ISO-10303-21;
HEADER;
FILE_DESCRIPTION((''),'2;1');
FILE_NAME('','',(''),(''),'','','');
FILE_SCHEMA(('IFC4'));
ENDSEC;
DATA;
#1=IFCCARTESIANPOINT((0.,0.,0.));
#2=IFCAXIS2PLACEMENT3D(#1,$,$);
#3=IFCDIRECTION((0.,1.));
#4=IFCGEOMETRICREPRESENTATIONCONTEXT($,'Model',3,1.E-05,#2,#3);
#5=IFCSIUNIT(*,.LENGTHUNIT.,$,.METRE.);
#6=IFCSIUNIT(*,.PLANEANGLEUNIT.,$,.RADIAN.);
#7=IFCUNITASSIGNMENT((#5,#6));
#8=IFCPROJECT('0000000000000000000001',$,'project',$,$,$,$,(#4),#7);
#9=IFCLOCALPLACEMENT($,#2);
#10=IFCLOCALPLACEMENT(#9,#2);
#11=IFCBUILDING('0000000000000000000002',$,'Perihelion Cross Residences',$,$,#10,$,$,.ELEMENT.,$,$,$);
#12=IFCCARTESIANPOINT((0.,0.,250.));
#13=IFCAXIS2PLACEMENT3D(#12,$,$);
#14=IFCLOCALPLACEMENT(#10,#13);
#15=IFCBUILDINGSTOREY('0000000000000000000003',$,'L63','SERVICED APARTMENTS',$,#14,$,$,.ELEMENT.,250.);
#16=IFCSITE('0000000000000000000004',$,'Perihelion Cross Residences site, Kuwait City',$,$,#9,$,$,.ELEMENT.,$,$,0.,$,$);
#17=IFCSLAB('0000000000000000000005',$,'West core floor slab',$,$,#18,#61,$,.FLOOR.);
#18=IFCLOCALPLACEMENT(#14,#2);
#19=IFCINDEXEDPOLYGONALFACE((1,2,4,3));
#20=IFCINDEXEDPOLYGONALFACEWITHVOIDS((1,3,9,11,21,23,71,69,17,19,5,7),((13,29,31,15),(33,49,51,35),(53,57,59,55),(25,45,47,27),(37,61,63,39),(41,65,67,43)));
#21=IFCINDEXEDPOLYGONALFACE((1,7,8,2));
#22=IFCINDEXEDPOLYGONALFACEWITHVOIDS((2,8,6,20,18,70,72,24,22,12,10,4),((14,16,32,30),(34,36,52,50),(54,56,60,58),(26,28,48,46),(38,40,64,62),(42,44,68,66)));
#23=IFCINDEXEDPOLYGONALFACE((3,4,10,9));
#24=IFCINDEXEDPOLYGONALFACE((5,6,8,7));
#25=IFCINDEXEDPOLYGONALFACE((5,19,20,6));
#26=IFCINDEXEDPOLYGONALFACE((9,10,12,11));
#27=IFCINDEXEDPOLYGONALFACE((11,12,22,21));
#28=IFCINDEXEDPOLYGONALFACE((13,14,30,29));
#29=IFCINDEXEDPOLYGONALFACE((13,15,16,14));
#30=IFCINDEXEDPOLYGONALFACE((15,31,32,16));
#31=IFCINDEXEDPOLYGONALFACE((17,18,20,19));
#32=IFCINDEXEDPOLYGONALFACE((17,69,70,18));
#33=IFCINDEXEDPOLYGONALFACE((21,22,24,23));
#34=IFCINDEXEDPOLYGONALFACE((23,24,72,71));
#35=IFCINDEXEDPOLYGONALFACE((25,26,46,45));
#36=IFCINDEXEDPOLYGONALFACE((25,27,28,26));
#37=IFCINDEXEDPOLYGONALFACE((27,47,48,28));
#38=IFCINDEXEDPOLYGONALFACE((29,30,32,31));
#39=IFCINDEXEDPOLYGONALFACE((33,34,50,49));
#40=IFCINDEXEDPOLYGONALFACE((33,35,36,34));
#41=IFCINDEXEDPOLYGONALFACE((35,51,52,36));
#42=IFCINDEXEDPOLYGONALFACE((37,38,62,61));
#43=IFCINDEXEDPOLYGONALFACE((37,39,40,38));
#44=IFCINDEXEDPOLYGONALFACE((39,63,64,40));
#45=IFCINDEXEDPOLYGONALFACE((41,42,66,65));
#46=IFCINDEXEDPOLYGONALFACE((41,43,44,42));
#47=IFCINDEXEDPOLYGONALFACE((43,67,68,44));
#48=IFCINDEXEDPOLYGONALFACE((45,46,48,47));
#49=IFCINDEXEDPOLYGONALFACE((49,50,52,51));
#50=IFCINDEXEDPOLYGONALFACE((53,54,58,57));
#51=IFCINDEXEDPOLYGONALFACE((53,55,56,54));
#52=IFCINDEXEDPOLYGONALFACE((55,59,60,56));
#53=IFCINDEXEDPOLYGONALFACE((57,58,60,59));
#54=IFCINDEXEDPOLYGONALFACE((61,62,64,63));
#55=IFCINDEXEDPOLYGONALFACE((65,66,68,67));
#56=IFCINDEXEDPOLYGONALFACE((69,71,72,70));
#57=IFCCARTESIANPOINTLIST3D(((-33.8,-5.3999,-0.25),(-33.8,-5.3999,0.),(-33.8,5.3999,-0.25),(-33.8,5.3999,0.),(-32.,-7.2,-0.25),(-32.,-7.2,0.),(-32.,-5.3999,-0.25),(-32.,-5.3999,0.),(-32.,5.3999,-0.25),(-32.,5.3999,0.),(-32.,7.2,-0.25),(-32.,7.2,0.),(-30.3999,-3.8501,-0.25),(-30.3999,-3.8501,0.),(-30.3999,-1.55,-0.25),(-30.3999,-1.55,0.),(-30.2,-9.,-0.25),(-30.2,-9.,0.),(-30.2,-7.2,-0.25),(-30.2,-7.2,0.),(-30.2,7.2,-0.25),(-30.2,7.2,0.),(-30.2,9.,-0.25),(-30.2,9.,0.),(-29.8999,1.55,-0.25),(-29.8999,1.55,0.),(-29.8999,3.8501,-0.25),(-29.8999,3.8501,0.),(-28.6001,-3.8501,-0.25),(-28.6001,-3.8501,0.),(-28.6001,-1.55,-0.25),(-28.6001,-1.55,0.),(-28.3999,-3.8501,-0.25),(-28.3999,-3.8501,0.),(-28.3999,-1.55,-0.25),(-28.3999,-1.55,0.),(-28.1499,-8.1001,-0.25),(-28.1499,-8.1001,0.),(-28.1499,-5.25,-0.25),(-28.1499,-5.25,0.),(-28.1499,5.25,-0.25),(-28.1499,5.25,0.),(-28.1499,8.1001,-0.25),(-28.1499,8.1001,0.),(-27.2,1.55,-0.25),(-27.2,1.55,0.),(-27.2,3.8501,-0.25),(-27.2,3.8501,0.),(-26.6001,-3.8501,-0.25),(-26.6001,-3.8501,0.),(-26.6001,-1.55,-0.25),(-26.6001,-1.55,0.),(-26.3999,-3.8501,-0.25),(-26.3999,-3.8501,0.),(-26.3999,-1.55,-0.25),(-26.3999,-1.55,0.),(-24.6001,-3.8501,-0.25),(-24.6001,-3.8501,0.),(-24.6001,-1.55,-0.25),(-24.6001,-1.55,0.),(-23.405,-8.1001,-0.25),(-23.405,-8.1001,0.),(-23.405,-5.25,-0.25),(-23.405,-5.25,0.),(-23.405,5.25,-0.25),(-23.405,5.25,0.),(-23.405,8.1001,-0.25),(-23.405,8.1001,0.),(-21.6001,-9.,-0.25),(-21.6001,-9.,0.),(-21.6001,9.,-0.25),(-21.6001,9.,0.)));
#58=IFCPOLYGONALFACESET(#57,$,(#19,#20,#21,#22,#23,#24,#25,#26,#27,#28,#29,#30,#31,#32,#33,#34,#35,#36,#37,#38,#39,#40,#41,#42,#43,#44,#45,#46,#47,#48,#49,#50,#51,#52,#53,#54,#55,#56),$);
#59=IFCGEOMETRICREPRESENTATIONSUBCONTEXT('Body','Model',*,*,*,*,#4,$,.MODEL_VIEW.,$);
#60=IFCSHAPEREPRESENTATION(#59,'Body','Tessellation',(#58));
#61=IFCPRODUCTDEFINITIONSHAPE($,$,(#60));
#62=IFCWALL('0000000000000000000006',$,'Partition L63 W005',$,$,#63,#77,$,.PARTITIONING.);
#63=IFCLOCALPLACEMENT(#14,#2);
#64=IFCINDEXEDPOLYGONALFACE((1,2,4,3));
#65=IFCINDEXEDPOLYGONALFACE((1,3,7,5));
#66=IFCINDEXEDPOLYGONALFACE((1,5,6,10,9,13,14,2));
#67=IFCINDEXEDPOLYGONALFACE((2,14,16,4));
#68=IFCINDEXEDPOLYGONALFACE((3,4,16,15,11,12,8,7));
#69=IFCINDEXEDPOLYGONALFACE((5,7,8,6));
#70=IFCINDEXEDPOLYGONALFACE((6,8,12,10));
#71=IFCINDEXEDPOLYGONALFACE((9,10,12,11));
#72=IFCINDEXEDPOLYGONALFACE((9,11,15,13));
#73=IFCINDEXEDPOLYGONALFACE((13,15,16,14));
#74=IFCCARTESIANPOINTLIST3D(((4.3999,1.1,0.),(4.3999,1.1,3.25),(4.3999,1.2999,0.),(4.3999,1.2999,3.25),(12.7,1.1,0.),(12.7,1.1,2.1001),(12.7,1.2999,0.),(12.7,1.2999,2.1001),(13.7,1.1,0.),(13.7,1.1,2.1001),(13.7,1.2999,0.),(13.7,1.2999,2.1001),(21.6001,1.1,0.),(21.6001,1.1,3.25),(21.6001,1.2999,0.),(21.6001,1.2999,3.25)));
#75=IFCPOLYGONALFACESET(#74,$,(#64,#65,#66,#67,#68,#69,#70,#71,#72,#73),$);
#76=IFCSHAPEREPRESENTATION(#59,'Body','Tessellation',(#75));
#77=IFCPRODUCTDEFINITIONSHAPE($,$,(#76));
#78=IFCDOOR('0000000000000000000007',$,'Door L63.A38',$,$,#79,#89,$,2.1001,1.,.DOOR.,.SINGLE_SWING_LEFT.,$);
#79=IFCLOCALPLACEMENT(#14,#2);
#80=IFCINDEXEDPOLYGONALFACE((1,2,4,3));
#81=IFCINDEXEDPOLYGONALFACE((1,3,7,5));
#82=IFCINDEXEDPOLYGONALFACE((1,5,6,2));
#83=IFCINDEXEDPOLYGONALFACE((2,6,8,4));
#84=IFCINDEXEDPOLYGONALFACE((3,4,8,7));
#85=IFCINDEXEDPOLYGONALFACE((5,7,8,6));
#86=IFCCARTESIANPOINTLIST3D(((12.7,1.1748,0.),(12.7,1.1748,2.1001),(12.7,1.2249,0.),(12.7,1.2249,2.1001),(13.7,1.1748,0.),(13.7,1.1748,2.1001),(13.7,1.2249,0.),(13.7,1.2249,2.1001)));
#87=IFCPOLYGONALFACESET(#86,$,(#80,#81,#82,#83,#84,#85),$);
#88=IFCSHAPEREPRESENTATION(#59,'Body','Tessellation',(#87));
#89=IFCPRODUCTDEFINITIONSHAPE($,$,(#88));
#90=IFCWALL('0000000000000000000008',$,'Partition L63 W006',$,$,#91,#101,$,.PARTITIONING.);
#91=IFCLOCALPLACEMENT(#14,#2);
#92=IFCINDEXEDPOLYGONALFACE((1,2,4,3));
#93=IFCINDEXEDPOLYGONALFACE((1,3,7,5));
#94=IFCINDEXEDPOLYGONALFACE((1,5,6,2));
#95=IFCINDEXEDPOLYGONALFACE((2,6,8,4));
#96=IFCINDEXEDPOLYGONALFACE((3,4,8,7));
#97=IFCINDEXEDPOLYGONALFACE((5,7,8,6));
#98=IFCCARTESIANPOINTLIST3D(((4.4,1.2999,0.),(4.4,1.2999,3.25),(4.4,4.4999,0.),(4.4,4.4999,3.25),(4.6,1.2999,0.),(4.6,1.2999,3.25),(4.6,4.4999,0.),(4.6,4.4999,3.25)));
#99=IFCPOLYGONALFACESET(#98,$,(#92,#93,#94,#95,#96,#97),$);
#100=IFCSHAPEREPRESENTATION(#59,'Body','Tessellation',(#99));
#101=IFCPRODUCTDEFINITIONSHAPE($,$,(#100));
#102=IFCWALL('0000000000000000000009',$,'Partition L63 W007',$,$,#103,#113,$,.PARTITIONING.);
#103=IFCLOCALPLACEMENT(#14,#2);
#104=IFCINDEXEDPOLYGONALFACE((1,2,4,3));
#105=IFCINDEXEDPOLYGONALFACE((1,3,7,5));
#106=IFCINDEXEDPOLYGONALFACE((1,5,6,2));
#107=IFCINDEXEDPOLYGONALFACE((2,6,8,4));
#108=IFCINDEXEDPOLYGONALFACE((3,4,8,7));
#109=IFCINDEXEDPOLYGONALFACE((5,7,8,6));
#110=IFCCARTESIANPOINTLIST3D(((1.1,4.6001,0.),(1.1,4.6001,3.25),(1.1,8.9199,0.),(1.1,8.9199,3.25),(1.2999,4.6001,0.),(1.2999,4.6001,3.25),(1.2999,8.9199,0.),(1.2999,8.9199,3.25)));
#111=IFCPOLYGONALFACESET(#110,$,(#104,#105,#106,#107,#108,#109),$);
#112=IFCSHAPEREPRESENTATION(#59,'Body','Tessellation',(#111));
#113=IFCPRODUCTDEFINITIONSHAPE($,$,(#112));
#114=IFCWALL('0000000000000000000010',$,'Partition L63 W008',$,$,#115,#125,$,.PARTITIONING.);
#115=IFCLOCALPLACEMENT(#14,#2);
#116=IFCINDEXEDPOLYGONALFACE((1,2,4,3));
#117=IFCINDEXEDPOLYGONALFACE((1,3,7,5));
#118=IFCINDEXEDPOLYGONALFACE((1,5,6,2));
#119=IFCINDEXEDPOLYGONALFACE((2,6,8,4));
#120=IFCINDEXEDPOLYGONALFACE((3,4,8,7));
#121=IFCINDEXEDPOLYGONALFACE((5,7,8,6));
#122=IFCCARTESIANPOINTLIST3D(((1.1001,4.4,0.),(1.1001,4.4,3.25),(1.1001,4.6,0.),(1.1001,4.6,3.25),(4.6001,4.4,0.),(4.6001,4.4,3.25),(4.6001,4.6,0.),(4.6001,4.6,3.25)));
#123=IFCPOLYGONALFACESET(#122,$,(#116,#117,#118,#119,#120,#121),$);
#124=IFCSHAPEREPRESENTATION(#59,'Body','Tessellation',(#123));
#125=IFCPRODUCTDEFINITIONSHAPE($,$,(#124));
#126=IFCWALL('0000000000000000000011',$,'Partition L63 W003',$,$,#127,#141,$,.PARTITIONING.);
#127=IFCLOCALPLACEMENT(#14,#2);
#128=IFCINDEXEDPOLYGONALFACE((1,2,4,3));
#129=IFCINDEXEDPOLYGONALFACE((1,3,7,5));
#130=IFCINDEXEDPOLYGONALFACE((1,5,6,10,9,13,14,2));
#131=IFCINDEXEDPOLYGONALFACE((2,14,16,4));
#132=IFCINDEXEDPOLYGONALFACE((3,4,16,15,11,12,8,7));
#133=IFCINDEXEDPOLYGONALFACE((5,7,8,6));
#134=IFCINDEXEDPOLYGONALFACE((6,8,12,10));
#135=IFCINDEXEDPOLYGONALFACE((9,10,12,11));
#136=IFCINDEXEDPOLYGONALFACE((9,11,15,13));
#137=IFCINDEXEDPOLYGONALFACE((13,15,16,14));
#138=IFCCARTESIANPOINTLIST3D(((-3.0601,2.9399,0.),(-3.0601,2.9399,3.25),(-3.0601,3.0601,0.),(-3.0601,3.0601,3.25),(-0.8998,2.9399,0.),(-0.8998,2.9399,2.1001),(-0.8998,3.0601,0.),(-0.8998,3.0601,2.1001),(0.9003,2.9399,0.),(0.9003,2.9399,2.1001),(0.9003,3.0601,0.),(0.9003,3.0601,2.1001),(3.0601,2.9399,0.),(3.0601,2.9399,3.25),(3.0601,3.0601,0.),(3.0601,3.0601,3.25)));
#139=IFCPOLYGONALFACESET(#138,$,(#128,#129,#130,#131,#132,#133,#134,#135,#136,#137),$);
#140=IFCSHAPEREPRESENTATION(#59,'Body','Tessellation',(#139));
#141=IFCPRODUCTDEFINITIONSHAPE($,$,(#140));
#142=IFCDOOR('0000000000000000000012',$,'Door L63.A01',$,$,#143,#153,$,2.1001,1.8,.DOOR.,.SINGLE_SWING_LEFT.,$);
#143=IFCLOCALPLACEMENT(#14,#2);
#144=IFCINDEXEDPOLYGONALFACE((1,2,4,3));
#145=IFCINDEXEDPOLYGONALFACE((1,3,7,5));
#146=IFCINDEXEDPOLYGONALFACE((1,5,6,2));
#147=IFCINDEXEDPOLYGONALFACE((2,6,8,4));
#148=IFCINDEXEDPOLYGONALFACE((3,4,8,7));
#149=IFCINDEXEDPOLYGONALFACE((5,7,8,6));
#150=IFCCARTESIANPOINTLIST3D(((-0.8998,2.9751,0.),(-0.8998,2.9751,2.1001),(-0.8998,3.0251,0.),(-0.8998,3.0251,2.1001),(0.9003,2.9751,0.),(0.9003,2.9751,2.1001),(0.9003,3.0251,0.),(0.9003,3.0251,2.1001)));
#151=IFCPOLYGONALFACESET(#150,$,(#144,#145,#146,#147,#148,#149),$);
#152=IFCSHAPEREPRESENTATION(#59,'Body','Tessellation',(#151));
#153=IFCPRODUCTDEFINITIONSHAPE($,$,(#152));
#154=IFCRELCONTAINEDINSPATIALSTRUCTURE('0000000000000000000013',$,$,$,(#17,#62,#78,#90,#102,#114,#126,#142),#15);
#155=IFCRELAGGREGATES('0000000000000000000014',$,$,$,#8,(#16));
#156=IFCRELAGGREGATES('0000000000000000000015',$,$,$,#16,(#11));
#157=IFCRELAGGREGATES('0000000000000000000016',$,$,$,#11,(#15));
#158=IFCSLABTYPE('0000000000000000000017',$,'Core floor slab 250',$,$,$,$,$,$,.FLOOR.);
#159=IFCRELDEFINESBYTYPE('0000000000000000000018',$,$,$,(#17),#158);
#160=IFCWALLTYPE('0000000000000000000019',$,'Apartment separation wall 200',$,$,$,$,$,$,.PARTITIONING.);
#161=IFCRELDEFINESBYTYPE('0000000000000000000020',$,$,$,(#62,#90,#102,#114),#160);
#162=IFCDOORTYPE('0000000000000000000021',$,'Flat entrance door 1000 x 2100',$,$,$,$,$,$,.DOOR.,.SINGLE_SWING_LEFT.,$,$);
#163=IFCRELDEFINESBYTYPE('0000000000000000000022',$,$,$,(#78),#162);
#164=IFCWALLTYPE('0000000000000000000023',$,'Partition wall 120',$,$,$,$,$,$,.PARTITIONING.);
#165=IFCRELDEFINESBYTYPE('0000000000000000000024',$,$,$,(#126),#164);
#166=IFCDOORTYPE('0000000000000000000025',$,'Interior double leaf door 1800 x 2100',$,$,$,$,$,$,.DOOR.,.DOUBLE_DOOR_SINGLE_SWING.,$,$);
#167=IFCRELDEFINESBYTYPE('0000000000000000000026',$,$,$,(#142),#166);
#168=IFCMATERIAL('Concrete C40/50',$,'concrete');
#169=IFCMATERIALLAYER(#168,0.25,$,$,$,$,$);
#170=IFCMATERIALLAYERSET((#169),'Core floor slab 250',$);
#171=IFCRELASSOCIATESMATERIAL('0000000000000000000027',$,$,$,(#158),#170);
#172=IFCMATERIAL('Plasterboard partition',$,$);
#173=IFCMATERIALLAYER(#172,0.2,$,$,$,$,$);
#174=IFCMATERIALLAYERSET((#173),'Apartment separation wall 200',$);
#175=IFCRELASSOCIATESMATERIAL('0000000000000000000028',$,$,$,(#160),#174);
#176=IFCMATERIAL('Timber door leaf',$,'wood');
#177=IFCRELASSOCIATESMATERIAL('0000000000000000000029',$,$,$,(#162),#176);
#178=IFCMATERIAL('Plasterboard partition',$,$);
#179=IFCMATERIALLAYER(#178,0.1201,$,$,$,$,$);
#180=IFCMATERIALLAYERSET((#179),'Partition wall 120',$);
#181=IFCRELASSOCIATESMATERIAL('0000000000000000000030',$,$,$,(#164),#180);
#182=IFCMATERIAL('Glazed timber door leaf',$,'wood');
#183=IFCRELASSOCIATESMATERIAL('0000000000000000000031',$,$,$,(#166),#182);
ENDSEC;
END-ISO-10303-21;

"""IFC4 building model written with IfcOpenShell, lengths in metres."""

from ifc_helpers import new_model, si_unit, direction, frame, frame_2d, origin, place, context, subcontext, project, spatial, polyline, rectangle, outline, extrude, material, layer, layer_set, type_object, element, fill, save


model = new_model("IFC4")

# Units and contexts
model_context = context("Model", 3, precision=1e-05, world=origin(), true_north=direction((0.0, 1.0)))
body_context = subcontext(model_context, "Body", "Model", "MODEL_VIEW")
ifc_project = project(units=[si_unit("LENGTHUNIT", "METRE"), si_unit("PLANEANGLEUNIT", "RADIAN")], contexts=[model_context])

# Site, building, storey
site_placement = place(None, origin())
site = spatial("IfcSite", under=ifc_project, at=site_placement, Name="Perihelion Cross Residences site, Kuwait City", CompositionType="ELEMENT", RefElevation=0.0)
building_placement = place(site_placement, origin())
building = spatial("IfcBuilding", under=site, at=building_placement, Name="Perihelion Cross Residences", CompositionType="ELEMENT")
storey_placement = place(building_placement, frame((0.0, 0.0, 250.0)))
storey = spatial("IfcBuildingStorey", under=building, at=storey_placement, Name="L63", Description="SERVICED APARTMENTS", CompositionType="ELEMENT", Elevation=250.0)

# Slab
ifc_material_1 = material(Name="Concrete C40/50", Category="concrete")
ifc_layer_1 = layer(ifc_material_1, 0.25)
ifc_layer_set_1 = layer_set([ifc_layer_1], Name="Core floor slab 250")
slab_type = type_object("IfcSlabType", Name="Core floor slab 250", PredefinedType="FLOOR", material=ifc_layer_set_1)
slab_1_placement = place(storey_placement, frame((0.0, 0.0, -0.25)))
element("IfcSlab", 1, at=slab_1_placement, inside=storey, type_object=slab_type, Name="West core floor slab", PredefinedType="FLOOR", context=body_context, shape_type="SweptSolid", body=[
    extrude(outline(polyline([(-30.2, 7.2), (-32.0, 7.2), (-32.0, 5.3999), (-33.8, 5.3999), (-33.8, -5.3999), (-32.0, -5.3999), (-32.0, -7.2), (-30.2, -7.2), (-30.2, -9.0), (-21.6001, -9.0), (-21.6001, 9.0), (-30.2, 9.0), (-30.2, 7.2)]), holes=[polyline([(-28.1499, -8.1001), (-28.1499, -5.25), (-23.405, -5.25), (-23.405, -8.1001), (-28.1499, -8.1001)]), polyline([(-24.6001, -1.55), (-24.6001, -3.8501), (-26.3999, -3.8501), (-26.3999, -1.55), (-24.6001, -1.55)]), polyline([(-26.6001, -1.55), (-26.6001, -3.8501), (-28.3999, -3.8501), (-28.3999, -1.55), (-26.6001, -1.55)]), polyline([(-28.6001, -3.8501), (-30.3999, -3.8501), (-30.3999, -1.55), (-28.6001, -1.55), (-28.6001, -3.8501)]), polyline([(-27.2, 3.8501), (-27.2, 1.55), (-29.8999, 1.55), (-29.8999, 3.8501), (-27.2, 3.8501)]), polyline([(-23.405, 5.25), (-28.1499, 5.25), (-28.1499, 8.1001), (-23.405, 8.1001), (-23.405, 5.25)])]), origin(), (0.0, 0.0, 1.0), 0.25),
])

# Wall, opening, door
ifc_material_2 = material(Name="Plasterboard partition")
ifc_layer_2 = layer(ifc_material_2, 0.2)
ifc_layer_set_2 = layer_set([ifc_layer_2], Name="Apartment separation wall 200")
wall_type_1 = type_object("IfcWallType", Name="Apartment separation wall 200", PredefinedType="PARTITIONING", material=ifc_layer_set_2)
wall_1_placement = place(storey_placement, frame((4.3999, 1.2, 0.0), z_axis=(0.0, 0.0, 1.0), x_axis=(1.0, 0.0, 0.0)))
wall_1 = element("IfcWall", 2, at=wall_1_placement, inside=storey, type_object=wall_type_1, Name="Partition L63 W005", PredefinedType="PARTITIONING", context=body_context, shape_type="SweptSolid", body=[
    extrude(rectangle(XDim=17.2002, YDim=0.2, at=frame_2d((8.6001, 0.0))), origin(), (0.0, 0.0, 1.0), 3.25),
])
opening_1_placement = place(wall_1_placement, frame((8.3, 0.0, 0.0)))
opening_1 = element("IfcOpeningElement", 3, at=opening_1_placement, cuts=wall_1, PredefinedType="OPENING", context=body_context, shape_type="SweptSolid", body=[
    extrude(rectangle(XDim=1.0, YDim=2.1001, at=frame_2d((0.5, 1.05))), frame((0.0, 0.1099, 0.0), z_axis=(0.0, -1.0, 0.0), x_axis=(1.0, 0.0, 0.0)), (0.0, 0.0, 1.0), 0.22),
])
ifc_material_3 = material(Name="Timber door leaf", Category="wood")
door_type_1 = type_object("IfcDoorType", Name="Flat entrance door 1000 x 2100", OperationType="SINGLE_SWING_LEFT", PredefinedType="DOOR", material=ifc_material_3)
door_1_placement = place(opening_1_placement, origin())
door_1 = element("IfcDoor", 4, at=door_1_placement, inside=storey, type_object=door_type_1, Name="Door L63.A38", OperationType="SINGLE_SWING_LEFT", OverallHeight=2.1001, OverallWidth=1.0, PredefinedType="DOOR", context=body_context, shape_type="SweptSolid", body=[
    extrude(rectangle(XDim=1.0, YDim=2.1001, at=frame_2d((0.5, 1.05))), frame((0.0, 0.0249, 0.0), z_axis=(0.0, -1.0, 0.0), x_axis=(1.0, 0.0, 0.0)), (0.0, 0.0, 1.0), 0.05),
])
fill(opening_1, door_1)

# Walls
wall_2_placement = place(storey_placement, frame((4.5, 4.5, 0.0), z_axis=(0.0, 0.0, 1.0), x_axis=(0.0, -1.0, 0.0)))
element("IfcWall", 5, at=wall_2_placement, inside=storey, type_object=wall_type_1, Name="Partition L63 W006", PredefinedType="PARTITIONING", context=body_context, shape_type="SweptSolid", body=[
    extrude(rectangle(XDim=3.2, YDim=0.2, at=frame_2d((1.6001, 0.0))), origin(), (0.0, 0.0, 1.0), 3.25),
])
wall_3_placement = place(storey_placement, frame((1.2, 8.9199, 0.0), z_axis=(0.0, 0.0, 1.0), x_axis=(0.0, -1.0, 0.0)))
element("IfcWall", 6, at=wall_3_placement, inside=storey, type_object=wall_type_1, Name="Partition L63 W007", PredefinedType="PARTITIONING", context=body_context, shape_type="SweptSolid", body=[
    extrude(rectangle(XDim=4.3198, YDim=0.2, at=frame_2d((2.1599, 0.0))), origin(), (0.0, 0.0, 1.0), 3.25),
])
wall_4_placement = place(storey_placement, frame((1.1001, 4.5, 0.0), z_axis=(0.0, 0.0, 1.0), x_axis=(1.0, 0.0, 0.0)))
element("IfcWall", 7, at=wall_4_placement, inside=storey, type_object=wall_type_1, Name="Partition L63 W008", PredefinedType="PARTITIONING", context=body_context, shape_type="SweptSolid", body=[
    extrude(rectangle(XDim=3.5, YDim=0.2, at=frame_2d((1.75, 0.0))), origin(), (0.0, 0.0, 1.0), 3.25),
])

# Wall, opening, door
ifc_material_4 = material(Name="Plasterboard partition")
ifc_layer_3 = layer(ifc_material_4, 0.1201)
ifc_layer_set_3 = layer_set([ifc_layer_3], Name="Partition wall 120")
wall_type_2 = type_object("IfcWallType", Name="Partition wall 120", PredefinedType="PARTITIONING", material=ifc_layer_set_3)
wall_5_placement = place(storey_placement, frame((3.0601, 3.0, 0.0), z_axis=(0.0, 0.0, 1.0), x_axis=(-1.0, 0.0, 0.0)))
wall_5 = element("IfcWall", 8, at=wall_5_placement, inside=storey, type_object=wall_type_2, Name="Partition L63 W003", PredefinedType="PARTITIONING", context=body_context, shape_type="SweptSolid", body=[
    extrude(rectangle(XDim=6.1201, YDim=0.1201, at=frame_2d((3.0601, 0.0))), origin(), (0.0, 0.0, 1.0), 3.25),
])
opening_2_placement = place(wall_5_placement, frame((2.1599, 0.0, 0.0)))
opening_2 = element("IfcOpeningElement", 9, at=opening_2_placement, cuts=wall_5, PredefinedType="OPENING", context=body_context, shape_type="SweptSolid", body=[
    extrude(rectangle(XDim=1.8, YDim=2.1001, at=frame_2d((0.8999, 1.05))), frame((0.0, 0.0701, 0.0), z_axis=(0.0, -1.0, 0.0), x_axis=(1.0, 0.0, 0.0)), (0.0, 0.0, 1.0), 0.1401),
])
ifc_material_5 = material(Name="Glazed timber door leaf", Category="wood")
door_type_2 = type_object("IfcDoorType", Name="Interior double leaf door 1800 x 2100", OperationType="DOUBLE_DOOR_SINGLE_SWING", PredefinedType="DOOR", material=ifc_material_5)
door_2_placement = place(opening_2_placement, origin())
door_2 = element("IfcDoor", 10, at=door_2_placement, inside=storey, type_object=door_type_2, Name="Door L63.A01", OperationType="SINGLE_SWING_LEFT", OverallHeight=2.1001, OverallWidth=1.8, PredefinedType="DOOR", context=body_context, shape_type="SweptSolid", body=[
    extrude(rectangle(XDim=1.8, YDim=2.1001, at=frame_2d((0.8999, 1.05))), frame((0.0, 0.0249, 0.0), z_axis=(0.0, -1.0, 0.0), x_axis=(1.0, 0.0, 0.0)), (0.0, 0.0, 1.0), 0.05),
])
fill(opening_2, door_2)

save(model, "model.ifc")
